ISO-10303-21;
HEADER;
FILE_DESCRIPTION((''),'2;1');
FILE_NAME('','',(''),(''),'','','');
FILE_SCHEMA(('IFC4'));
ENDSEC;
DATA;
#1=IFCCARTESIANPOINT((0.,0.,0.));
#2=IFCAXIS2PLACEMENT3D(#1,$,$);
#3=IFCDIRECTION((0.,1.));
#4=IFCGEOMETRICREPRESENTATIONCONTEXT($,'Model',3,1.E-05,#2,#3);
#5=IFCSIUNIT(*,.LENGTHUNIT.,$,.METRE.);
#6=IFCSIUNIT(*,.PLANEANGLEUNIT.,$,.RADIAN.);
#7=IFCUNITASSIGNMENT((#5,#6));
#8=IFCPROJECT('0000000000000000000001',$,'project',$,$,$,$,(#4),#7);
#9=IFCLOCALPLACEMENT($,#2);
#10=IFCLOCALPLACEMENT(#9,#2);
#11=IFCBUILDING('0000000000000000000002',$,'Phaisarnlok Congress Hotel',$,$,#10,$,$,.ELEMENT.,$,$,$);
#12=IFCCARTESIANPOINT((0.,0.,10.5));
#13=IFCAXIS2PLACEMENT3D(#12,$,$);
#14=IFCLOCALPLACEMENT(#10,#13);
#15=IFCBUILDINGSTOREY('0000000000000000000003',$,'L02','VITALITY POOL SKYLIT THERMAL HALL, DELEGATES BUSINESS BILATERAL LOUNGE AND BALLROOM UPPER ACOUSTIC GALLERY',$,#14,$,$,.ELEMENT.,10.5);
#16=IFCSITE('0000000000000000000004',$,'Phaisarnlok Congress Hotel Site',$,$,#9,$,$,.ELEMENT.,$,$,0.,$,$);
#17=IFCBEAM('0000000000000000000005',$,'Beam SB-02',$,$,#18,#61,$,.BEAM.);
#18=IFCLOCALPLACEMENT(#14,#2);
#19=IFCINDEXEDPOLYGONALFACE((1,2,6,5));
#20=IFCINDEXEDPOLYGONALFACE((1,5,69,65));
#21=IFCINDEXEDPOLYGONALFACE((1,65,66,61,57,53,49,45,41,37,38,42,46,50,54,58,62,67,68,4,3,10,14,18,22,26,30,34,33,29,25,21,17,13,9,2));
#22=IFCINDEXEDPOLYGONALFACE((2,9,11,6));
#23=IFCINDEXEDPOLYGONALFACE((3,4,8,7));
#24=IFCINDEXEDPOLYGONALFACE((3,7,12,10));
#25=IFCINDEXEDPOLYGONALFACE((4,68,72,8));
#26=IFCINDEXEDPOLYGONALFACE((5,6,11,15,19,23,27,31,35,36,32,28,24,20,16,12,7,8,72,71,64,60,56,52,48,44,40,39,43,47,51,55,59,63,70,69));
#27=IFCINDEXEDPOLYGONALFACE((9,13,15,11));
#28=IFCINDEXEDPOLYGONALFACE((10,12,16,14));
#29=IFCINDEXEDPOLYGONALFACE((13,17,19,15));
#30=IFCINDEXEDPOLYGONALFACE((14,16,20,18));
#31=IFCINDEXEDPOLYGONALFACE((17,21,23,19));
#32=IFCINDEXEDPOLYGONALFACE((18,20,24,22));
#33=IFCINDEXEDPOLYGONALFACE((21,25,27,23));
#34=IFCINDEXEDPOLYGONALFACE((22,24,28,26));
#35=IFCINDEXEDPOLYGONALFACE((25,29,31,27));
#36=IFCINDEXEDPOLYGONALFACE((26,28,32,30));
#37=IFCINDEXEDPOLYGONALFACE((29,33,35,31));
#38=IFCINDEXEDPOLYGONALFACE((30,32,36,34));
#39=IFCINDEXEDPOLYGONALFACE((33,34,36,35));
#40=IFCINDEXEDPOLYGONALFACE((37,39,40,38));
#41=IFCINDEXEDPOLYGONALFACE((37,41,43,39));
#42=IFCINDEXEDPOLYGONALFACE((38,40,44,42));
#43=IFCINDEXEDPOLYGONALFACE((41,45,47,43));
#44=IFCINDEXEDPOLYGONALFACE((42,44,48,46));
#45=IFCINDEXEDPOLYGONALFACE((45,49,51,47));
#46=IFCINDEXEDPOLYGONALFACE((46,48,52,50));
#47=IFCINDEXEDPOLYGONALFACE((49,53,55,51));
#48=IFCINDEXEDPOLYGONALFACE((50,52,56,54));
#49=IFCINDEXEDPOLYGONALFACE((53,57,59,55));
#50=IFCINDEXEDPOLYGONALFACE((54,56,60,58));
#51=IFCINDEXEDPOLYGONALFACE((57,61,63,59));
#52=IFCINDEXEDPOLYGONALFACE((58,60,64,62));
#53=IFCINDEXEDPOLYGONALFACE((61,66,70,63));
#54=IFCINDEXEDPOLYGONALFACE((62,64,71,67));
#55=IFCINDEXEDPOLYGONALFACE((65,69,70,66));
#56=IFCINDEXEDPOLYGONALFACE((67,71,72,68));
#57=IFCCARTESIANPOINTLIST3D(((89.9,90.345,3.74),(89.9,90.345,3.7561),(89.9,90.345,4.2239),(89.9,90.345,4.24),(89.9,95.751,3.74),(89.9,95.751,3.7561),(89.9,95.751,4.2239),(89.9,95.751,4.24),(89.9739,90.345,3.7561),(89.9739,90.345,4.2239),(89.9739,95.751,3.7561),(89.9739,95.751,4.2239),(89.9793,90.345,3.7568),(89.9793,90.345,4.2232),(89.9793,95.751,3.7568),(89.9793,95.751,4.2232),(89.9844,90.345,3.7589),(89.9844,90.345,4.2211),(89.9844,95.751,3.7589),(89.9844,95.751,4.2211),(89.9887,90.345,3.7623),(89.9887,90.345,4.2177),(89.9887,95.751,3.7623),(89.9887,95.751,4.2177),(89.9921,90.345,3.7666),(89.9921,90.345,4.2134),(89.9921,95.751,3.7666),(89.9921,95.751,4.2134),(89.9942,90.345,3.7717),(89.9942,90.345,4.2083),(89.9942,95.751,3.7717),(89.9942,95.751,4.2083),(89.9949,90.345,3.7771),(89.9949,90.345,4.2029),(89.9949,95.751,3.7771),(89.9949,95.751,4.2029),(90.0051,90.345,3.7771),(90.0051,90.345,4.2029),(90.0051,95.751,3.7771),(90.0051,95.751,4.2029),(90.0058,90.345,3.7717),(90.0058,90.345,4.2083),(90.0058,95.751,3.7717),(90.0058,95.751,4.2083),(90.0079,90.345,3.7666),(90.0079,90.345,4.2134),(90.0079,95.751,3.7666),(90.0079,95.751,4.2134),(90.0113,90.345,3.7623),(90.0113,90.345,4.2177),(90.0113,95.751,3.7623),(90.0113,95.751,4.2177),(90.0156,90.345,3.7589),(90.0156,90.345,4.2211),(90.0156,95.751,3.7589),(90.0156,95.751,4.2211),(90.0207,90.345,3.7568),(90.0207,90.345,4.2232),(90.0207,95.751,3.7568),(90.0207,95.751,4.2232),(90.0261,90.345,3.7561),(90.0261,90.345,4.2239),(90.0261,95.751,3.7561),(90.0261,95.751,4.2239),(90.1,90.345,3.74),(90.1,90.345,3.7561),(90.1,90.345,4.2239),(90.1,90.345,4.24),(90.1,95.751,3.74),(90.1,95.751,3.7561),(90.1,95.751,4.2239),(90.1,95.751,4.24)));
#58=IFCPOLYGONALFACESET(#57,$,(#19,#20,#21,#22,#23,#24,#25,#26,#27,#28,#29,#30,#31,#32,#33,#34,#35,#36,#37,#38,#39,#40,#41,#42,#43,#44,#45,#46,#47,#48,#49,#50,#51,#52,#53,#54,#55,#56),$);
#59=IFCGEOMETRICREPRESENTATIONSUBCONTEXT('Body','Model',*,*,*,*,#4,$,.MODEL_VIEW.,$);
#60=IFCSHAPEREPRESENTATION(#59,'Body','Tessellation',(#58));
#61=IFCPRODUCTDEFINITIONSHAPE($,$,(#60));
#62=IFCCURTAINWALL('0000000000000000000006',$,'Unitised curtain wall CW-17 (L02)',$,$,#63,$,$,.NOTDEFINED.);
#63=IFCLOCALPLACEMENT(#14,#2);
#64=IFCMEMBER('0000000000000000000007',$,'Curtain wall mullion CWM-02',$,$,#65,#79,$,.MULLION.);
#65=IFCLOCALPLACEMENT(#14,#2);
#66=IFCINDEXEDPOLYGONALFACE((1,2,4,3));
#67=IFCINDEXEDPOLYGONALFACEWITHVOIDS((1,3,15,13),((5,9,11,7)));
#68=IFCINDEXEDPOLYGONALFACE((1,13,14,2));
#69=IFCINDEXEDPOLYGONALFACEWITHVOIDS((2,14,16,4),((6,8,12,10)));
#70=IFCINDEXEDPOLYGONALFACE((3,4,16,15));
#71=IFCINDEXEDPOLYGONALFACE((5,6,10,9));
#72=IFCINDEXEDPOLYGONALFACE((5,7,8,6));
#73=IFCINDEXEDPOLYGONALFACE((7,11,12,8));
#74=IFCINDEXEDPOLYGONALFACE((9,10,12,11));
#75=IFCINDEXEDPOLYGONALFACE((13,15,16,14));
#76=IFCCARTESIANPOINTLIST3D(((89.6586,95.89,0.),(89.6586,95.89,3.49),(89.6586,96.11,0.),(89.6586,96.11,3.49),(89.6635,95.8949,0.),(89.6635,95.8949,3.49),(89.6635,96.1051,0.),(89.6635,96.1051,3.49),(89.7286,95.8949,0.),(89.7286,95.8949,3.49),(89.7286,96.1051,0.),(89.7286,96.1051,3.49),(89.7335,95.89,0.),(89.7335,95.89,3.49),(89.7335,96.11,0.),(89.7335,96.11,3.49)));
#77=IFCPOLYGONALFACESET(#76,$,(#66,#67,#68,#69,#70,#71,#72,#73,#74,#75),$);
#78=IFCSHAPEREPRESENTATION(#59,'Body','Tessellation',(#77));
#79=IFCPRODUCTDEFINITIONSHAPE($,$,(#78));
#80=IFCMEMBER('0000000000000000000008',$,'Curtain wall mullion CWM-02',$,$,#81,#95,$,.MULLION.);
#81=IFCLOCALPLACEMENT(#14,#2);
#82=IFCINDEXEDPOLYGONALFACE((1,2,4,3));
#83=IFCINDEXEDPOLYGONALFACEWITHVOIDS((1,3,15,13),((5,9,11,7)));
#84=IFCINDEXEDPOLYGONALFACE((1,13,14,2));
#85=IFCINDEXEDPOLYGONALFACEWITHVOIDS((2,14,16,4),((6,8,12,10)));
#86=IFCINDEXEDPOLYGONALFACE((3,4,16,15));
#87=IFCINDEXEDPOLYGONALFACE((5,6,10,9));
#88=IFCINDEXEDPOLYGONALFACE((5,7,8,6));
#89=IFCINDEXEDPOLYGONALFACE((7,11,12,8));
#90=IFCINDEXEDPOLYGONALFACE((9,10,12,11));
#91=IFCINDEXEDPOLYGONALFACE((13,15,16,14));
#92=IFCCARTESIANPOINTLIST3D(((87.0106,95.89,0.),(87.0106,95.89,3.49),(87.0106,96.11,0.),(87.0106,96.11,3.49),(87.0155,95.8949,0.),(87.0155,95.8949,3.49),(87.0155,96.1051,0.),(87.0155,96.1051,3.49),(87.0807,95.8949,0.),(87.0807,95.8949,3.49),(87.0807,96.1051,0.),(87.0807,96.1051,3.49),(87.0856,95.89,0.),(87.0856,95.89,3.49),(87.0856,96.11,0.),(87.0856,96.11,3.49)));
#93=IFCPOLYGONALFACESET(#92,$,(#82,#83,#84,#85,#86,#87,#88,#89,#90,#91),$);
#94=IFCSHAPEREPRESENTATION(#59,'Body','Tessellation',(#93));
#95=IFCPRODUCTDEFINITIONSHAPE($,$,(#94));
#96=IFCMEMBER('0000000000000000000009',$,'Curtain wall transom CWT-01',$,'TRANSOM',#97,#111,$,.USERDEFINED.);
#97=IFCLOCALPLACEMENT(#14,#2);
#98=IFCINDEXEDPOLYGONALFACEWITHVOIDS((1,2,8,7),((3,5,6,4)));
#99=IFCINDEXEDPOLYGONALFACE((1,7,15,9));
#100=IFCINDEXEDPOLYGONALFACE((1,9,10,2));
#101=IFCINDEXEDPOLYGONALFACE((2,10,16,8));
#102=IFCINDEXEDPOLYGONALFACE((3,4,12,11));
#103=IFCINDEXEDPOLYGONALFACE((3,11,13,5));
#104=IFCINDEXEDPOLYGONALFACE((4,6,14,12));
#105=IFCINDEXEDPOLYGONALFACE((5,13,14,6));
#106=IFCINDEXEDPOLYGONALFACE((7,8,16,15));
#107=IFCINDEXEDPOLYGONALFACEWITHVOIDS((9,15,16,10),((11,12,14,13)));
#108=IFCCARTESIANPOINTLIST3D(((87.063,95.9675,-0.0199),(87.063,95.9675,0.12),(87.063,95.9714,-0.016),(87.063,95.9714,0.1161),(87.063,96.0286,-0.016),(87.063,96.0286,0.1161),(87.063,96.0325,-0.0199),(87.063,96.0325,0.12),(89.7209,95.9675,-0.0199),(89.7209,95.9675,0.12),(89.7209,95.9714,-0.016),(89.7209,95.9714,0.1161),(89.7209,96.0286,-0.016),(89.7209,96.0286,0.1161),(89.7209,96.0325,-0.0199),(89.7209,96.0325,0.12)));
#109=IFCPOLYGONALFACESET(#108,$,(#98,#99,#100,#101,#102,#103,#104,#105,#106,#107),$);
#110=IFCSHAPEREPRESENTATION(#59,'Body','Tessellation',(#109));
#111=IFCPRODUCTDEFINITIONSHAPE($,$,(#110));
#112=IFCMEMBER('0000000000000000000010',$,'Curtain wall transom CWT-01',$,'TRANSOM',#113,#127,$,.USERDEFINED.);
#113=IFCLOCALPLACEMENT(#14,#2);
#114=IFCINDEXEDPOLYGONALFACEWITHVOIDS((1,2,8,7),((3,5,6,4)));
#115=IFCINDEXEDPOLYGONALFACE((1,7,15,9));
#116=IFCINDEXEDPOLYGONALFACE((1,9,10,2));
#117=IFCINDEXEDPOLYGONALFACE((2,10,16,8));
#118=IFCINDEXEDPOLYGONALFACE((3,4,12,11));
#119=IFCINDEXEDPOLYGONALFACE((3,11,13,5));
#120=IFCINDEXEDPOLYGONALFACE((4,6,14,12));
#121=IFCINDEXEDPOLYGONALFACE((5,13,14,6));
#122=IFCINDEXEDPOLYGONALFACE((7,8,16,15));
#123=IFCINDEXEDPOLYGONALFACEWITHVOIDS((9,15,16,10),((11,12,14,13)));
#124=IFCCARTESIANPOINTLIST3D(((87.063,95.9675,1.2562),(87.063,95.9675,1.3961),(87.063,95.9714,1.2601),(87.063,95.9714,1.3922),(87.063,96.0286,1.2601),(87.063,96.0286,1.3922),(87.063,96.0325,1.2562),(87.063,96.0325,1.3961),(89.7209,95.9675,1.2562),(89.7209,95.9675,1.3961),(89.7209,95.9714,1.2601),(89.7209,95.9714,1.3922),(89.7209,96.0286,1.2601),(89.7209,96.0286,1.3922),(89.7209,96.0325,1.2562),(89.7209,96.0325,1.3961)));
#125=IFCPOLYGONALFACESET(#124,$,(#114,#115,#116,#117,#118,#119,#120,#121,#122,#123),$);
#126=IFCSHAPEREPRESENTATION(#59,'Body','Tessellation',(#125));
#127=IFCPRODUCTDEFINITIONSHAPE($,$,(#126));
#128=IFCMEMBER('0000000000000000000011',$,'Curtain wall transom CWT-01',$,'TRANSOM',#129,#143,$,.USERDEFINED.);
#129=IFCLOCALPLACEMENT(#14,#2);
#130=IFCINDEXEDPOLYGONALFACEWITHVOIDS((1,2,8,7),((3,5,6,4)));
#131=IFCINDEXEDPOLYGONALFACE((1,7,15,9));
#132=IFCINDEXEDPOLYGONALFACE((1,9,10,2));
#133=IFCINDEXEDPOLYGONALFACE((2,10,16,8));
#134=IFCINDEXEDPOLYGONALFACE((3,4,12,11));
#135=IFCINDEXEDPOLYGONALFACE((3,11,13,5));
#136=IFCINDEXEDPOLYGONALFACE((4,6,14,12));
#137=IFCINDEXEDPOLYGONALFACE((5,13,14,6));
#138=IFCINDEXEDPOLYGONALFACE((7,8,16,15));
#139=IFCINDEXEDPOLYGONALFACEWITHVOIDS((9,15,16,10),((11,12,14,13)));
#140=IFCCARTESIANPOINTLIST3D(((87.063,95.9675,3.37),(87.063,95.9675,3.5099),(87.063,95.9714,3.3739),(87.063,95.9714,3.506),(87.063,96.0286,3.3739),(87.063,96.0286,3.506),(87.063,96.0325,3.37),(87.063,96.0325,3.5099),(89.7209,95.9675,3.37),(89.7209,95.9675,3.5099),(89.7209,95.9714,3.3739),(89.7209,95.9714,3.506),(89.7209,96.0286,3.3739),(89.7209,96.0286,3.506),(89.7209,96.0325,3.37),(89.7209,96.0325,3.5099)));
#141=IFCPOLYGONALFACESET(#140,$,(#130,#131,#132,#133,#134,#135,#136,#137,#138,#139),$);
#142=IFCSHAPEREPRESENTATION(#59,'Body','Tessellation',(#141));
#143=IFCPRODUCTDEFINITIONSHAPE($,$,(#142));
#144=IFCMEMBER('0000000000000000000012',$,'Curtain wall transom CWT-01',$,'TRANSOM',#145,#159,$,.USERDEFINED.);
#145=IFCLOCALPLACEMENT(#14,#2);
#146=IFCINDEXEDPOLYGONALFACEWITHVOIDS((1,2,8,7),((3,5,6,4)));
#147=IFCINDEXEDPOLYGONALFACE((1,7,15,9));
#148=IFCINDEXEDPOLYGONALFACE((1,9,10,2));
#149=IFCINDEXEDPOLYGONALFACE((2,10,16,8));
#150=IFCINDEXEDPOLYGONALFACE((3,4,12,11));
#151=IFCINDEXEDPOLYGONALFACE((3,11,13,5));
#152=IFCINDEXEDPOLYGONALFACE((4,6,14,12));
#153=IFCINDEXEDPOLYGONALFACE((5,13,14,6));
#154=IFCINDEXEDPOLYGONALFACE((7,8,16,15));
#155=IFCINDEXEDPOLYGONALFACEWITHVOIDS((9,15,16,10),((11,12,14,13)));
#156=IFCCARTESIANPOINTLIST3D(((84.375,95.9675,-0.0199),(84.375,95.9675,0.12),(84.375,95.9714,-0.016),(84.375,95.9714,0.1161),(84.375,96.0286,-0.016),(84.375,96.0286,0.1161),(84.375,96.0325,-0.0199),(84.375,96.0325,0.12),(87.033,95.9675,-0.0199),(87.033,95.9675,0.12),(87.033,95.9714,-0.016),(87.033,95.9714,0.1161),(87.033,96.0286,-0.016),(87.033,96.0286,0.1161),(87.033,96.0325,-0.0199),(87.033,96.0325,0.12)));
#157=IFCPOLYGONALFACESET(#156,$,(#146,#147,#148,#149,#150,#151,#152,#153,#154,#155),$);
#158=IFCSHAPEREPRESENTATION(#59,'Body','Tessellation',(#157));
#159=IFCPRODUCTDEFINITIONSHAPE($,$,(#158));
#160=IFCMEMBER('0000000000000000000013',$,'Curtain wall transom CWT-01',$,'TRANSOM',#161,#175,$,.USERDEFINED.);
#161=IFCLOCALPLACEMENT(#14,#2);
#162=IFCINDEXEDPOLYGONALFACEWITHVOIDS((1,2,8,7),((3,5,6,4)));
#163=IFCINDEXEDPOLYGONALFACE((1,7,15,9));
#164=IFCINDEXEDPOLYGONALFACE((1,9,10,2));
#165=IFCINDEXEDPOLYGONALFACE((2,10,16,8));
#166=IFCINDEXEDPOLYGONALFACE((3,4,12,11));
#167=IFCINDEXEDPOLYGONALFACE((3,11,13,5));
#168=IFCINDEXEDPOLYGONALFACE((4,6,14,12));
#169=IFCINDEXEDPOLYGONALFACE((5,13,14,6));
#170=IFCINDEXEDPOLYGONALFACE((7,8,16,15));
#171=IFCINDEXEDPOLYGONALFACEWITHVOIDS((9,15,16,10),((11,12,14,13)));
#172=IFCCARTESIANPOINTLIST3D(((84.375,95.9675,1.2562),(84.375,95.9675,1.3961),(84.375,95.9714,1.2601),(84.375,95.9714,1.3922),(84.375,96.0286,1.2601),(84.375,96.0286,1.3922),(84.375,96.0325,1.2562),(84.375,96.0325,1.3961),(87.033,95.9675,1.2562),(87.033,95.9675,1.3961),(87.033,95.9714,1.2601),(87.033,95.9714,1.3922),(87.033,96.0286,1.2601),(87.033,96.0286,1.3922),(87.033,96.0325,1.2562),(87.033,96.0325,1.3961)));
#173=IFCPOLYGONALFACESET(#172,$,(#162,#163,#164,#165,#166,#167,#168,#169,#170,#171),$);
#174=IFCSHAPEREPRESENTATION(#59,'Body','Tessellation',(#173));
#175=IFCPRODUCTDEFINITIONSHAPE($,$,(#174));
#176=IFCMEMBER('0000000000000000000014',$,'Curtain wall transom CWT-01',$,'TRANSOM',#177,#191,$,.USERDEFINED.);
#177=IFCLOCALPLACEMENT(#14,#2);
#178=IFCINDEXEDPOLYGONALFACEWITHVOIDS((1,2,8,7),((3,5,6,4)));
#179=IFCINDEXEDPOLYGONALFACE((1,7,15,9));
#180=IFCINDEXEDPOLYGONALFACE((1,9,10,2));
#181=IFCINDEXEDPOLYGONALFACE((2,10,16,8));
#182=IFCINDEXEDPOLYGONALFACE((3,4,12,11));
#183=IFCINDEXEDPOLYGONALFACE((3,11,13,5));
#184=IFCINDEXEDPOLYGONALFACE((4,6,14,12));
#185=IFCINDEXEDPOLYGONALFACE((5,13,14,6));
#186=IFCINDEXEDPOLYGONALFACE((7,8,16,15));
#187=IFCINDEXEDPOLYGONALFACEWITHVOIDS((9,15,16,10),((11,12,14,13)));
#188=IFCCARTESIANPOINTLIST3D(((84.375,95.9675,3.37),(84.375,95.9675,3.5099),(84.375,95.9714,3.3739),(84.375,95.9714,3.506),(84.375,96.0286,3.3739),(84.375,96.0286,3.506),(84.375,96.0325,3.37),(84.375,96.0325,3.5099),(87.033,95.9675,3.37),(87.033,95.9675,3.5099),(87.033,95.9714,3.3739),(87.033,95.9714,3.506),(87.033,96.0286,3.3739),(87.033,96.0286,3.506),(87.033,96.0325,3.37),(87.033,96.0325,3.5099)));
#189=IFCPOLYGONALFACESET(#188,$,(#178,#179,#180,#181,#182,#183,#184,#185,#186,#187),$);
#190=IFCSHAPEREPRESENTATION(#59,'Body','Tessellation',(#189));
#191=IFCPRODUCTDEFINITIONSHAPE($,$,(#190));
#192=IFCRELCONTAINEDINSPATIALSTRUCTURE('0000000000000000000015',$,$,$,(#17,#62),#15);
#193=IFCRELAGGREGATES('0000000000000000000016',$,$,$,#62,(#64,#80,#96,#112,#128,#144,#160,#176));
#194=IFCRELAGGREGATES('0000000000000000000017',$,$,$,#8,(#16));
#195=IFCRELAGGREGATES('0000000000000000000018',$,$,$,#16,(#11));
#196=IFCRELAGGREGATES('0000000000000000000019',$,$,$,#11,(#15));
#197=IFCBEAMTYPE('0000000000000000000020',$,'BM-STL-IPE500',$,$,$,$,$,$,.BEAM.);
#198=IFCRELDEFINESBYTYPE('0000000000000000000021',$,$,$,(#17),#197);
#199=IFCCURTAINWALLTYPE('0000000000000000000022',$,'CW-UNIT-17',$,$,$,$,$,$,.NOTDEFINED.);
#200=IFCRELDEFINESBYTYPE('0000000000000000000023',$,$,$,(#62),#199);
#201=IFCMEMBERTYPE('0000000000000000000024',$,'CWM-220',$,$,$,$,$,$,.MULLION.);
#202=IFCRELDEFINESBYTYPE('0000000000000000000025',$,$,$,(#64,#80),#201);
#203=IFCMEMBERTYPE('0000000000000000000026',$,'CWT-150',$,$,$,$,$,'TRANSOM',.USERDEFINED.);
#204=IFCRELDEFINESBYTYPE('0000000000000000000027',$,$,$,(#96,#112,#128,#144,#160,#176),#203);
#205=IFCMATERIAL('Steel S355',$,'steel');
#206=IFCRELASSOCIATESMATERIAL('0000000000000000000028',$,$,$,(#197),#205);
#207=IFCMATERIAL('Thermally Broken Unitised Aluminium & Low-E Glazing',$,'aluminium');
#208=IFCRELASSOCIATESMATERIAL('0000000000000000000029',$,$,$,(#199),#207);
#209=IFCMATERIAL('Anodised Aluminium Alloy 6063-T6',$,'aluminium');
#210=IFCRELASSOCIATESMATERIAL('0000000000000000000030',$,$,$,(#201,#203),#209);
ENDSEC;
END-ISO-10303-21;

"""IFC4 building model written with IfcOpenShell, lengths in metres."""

from ifc_helpers import new_model, si_unit, direction, frame, origin, origin_2d, place, context, subcontext, project, spatial, hollow_rectangle, i_section, extrude, material, material_profile, profile_set, type_object, element, aggregate, save


model = new_model("IFC4")

# Units and contexts
model_context = context("Model", 3, precision=1e-05, world=origin(), true_north=direction((0.0, 1.0)))
body_context = subcontext(model_context, "Body", "Model", "MODEL_VIEW")
ifc_project = project(units=[si_unit("LENGTHUNIT", "METRE"), si_unit("PLANEANGLEUNIT", "RADIAN")], contexts=[model_context])

# Site, building, storey
site_placement = place(None, origin())
site = spatial("IfcSite", under=ifc_project, at=site_placement, Name="Phaisarnlok Congress Hotel Site", CompositionType="ELEMENT", RefElevation=0.0)
building_placement = place(site_placement, origin())
building = spatial("IfcBuilding", under=site, at=building_placement, Name="Phaisarnlok Congress Hotel", CompositionType="ELEMENT")
storey_placement = place(building_placement, frame((0.0, 0.0, 10.5)))
storey = spatial("IfcBuildingStorey", under=building, at=storey_placement, Name="L02", Description="VITALITY POOL SKYLIT THERMAL HALL, DELEGATES BUSINESS BILATERAL LOUNGE AND BALLROOM UPPER ACOUSTIC GALLERY", CompositionType="ELEMENT", Elevation=10.5)

# Shared definitions
ifc_material_1 = material(Name="Steel S355", Category="steel")

# Beam
ifc_material_profile_1 = material_profile(ifc_material_1, i_section(OverallWidth=0.2, OverallDepth=0.5, WebThickness=0.0103, FlangeThickness=0.0161, FilletRadius=0.021, at=origin_2d()), Name="IPE 500")
ifc_profile_set_1 = profile_set([ifc_material_profile_1], Name="Steel S355")
beam_type_1 = type_object("IfcBeamType", Name="BM-STL-IPE500", PredefinedType="BEAM", material=ifc_profile_set_1)
beam_1_placement = place(storey_placement, frame((90.0, 90.345, 3.99), z_axis=(0.0, 1.0, 0.0), x_axis=(-1.0, 0.0, 0.0)))
element("IfcBeam", 1, at=beam_1_placement, inside=storey, type_object=beam_type_1, Name="Beam SB-02", PredefinedType="BEAM", context=body_context, shape_type="SweptSolid", body=[
    extrude(i_section(OverallWidth=0.2, OverallDepth=0.5, WebThickness=0.0103, FlangeThickness=0.0161, FilletRadius=0.021, at=origin_2d()), origin(), (0.0, 0.0, 1.0), 5.406),
])

# Curtain wall, members
ifc_material_2 = material(Name="Thermally Broken Unitised Aluminium & Low-E Glazing", Category="aluminium")
curtain_wall_type = type_object("IfcCurtainWallType", Name="CW-UNIT-17", PredefinedType="NOTDEFINED", material=ifc_material_2)
curtain_wall_placement = place(storey_placement, origin())
curtain_wall = element("IfcCurtainWall", 2, at=curtain_wall_placement, inside=storey, type_object=curtain_wall_type, Name="Unitised curtain wall CW-17 (L02)", PredefinedType="NOTDEFINED")
ifc_material_3 = material(Name="Anodised Aluminium Alloy 6063-T6", Category="aluminium")
ifc_material_profile_2 = material_profile(ifc_material_3, hollow_rectangle(XDim=0.075, YDim=0.22, WallThickness=0.0049, at=origin_2d()), Name="ALU-M 75x220x5")
ifc_profile_set_2 = profile_set([ifc_material_profile_2], Name="Anodised Aluminium Alloy 6063-T6")
member_type_1 = type_object("IfcMemberType", Name="CWM-220", PredefinedType="MULLION", material=ifc_profile_set_2)
member_1_placement = place(storey_placement, frame((89.696, 96.0, 0.0), z_axis=(0.0, 0.0, 1.0), x_axis=(-1.0, 0.0, 0.0)))
member_1 = element("IfcMember", 3, at=member_1_placement, type_object=member_type_1, Name="Curtain wall mullion CWM-02", PredefinedType="MULLION", context=body_context, shape_type="SweptSolid", body=[
    extrude(hollow_rectangle(XDim=0.075, YDim=0.22, WallThickness=0.0049, at=origin_2d()), origin(), (0.0, 0.0, 1.0), 3.49),
])
member_2_placement = place(storey_placement, frame((87.0481, 96.0, 0.0), z_axis=(0.0, 0.0, 1.0), x_axis=(-1.0, 0.0, 0.0)))
member_2 = element("IfcMember", 4, at=member_2_placement, type_object=member_type_1, Name="Curtain wall mullion CWM-02", PredefinedType="MULLION", context=body_context, shape_type="SweptSolid", body=[
    extrude(hollow_rectangle(XDim=0.075, YDim=0.22, WallThickness=0.0049, at=origin_2d()), origin(), (0.0, 0.0, 1.0), 3.49),
])
ifc_material_profile_3 = material_profile(ifc_material_3, hollow_rectangle(XDim=0.0649, YDim=0.1399, WallThickness=0.0039, at=origin_2d()), Name="ALU-T 65x140x4")
ifc_profile_set_3 = profile_set([ifc_material_profile_3], Name="Anodised Aluminium Alloy 6063-T6")
member_type_2 = type_object("IfcMemberType", Name="CWT-150", ElementType="TRANSOM", PredefinedType="USERDEFINED", material=ifc_profile_set_3)
member_3_placement = place(storey_placement, frame((89.7209, 96.0, 0.05), z_axis=(-1.0, 0.0, 0.0), x_axis=(0.0, -1.0, 0.0)))
member_3 = element("IfcMember", 5, at=member_3_placement, type_object=member_type_2, Name="Curtain wall transom CWT-01", ObjectType="TRANSOM", PredefinedType="USERDEFINED", context=body_context, shape_type="SweptSolid", body=[
    extrude(hollow_rectangle(XDim=0.0649, YDim=0.1399, WallThickness=0.0039, at=origin_2d()), origin(), (0.0, 0.0, 1.0), 2.658),
])
member_4_placement = place(storey_placement, frame((89.7209, 96.0, 1.3262), z_axis=(-1.0, 0.0, 0.0), x_axis=(0.0, -1.0, 0.0)))
member_4 = element("IfcMember", 6, at=member_4_placement, type_object=member_type_2, Name="Curtain wall transom CWT-01", ObjectType="TRANSOM", PredefinedType="USERDEFINED", context=body_context, shape_type="SweptSolid", body=[
    extrude(hollow_rectangle(XDim=0.0649, YDim=0.1399, WallThickness=0.0039, at=origin_2d()), origin(), (0.0, 0.0, 1.0), 2.658),
])
member_5_placement = place(storey_placement, frame((89.7209, 96.0, 3.4399), z_axis=(-1.0, 0.0, 0.0), x_axis=(0.0, -1.0, 0.0)))
member_5 = element("IfcMember", 7, at=member_5_placement, type_object=member_type_2, Name="Curtain wall transom CWT-01", ObjectType="TRANSOM", PredefinedType="USERDEFINED", context=body_context, shape_type="SweptSolid", body=[
    extrude(hollow_rectangle(XDim=0.0649, YDim=0.1399, WallThickness=0.0039, at=origin_2d()), origin(), (0.0, 0.0, 1.0), 2.658),
])
member_6_placement = place(storey_placement, frame((87.033, 96.0, 0.05), z_axis=(-1.0, 0.0, 0.0), x_axis=(0.0, -1.0, 0.0)))
member_6 = element("IfcMember", 8, at=member_6_placement, type_object=member_type_2, Name="Curtain wall transom CWT-01", ObjectType="TRANSOM", PredefinedType="USERDEFINED", context=body_context, shape_type="SweptSolid", body=[
    extrude(hollow_rectangle(XDim=0.0649, YDim=0.1399, WallThickness=0.0039, at=origin_2d()), origin(), (0.0, 0.0, 1.0), 2.658),
])
member_7_placement = place(storey_placement, frame((87.033, 96.0, 1.3262), z_axis=(-1.0, 0.0, 0.0), x_axis=(0.0, -1.0, 0.0)))
member_7 = element("IfcMember", 9, at=member_7_placement, type_object=member_type_2, Name="Curtain wall transom CWT-01", ObjectType="TRANSOM", PredefinedType="USERDEFINED", context=body_context, shape_type="SweptSolid", body=[
    extrude(hollow_rectangle(XDim=0.0649, YDim=0.1399, WallThickness=0.0039, at=origin_2d()), origin(), (0.0, 0.0, 1.0), 2.658),
])
member_8_placement = place(storey_placement, frame((87.033, 96.0, 3.4399), z_axis=(-1.0, 0.0, 0.0), x_axis=(0.0, -1.0, 0.0)))
member_8 = element("IfcMember", 10, at=member_8_placement, type_object=member_type_2, Name="Curtain wall transom CWT-01", ObjectType="TRANSOM", PredefinedType="USERDEFINED", context=body_context, shape_type="SweptSolid", body=[
    extrude(hollow_rectangle(XDim=0.0649, YDim=0.1399, WallThickness=0.0039, at=origin_2d()), origin(), (0.0, 0.0, 1.0), 2.658),
])

aggregate(curtain_wall, [member_1, member_2, member_3, member_4, member_5, member_6, member_7, member_8])

save(model, "model.ifc")
